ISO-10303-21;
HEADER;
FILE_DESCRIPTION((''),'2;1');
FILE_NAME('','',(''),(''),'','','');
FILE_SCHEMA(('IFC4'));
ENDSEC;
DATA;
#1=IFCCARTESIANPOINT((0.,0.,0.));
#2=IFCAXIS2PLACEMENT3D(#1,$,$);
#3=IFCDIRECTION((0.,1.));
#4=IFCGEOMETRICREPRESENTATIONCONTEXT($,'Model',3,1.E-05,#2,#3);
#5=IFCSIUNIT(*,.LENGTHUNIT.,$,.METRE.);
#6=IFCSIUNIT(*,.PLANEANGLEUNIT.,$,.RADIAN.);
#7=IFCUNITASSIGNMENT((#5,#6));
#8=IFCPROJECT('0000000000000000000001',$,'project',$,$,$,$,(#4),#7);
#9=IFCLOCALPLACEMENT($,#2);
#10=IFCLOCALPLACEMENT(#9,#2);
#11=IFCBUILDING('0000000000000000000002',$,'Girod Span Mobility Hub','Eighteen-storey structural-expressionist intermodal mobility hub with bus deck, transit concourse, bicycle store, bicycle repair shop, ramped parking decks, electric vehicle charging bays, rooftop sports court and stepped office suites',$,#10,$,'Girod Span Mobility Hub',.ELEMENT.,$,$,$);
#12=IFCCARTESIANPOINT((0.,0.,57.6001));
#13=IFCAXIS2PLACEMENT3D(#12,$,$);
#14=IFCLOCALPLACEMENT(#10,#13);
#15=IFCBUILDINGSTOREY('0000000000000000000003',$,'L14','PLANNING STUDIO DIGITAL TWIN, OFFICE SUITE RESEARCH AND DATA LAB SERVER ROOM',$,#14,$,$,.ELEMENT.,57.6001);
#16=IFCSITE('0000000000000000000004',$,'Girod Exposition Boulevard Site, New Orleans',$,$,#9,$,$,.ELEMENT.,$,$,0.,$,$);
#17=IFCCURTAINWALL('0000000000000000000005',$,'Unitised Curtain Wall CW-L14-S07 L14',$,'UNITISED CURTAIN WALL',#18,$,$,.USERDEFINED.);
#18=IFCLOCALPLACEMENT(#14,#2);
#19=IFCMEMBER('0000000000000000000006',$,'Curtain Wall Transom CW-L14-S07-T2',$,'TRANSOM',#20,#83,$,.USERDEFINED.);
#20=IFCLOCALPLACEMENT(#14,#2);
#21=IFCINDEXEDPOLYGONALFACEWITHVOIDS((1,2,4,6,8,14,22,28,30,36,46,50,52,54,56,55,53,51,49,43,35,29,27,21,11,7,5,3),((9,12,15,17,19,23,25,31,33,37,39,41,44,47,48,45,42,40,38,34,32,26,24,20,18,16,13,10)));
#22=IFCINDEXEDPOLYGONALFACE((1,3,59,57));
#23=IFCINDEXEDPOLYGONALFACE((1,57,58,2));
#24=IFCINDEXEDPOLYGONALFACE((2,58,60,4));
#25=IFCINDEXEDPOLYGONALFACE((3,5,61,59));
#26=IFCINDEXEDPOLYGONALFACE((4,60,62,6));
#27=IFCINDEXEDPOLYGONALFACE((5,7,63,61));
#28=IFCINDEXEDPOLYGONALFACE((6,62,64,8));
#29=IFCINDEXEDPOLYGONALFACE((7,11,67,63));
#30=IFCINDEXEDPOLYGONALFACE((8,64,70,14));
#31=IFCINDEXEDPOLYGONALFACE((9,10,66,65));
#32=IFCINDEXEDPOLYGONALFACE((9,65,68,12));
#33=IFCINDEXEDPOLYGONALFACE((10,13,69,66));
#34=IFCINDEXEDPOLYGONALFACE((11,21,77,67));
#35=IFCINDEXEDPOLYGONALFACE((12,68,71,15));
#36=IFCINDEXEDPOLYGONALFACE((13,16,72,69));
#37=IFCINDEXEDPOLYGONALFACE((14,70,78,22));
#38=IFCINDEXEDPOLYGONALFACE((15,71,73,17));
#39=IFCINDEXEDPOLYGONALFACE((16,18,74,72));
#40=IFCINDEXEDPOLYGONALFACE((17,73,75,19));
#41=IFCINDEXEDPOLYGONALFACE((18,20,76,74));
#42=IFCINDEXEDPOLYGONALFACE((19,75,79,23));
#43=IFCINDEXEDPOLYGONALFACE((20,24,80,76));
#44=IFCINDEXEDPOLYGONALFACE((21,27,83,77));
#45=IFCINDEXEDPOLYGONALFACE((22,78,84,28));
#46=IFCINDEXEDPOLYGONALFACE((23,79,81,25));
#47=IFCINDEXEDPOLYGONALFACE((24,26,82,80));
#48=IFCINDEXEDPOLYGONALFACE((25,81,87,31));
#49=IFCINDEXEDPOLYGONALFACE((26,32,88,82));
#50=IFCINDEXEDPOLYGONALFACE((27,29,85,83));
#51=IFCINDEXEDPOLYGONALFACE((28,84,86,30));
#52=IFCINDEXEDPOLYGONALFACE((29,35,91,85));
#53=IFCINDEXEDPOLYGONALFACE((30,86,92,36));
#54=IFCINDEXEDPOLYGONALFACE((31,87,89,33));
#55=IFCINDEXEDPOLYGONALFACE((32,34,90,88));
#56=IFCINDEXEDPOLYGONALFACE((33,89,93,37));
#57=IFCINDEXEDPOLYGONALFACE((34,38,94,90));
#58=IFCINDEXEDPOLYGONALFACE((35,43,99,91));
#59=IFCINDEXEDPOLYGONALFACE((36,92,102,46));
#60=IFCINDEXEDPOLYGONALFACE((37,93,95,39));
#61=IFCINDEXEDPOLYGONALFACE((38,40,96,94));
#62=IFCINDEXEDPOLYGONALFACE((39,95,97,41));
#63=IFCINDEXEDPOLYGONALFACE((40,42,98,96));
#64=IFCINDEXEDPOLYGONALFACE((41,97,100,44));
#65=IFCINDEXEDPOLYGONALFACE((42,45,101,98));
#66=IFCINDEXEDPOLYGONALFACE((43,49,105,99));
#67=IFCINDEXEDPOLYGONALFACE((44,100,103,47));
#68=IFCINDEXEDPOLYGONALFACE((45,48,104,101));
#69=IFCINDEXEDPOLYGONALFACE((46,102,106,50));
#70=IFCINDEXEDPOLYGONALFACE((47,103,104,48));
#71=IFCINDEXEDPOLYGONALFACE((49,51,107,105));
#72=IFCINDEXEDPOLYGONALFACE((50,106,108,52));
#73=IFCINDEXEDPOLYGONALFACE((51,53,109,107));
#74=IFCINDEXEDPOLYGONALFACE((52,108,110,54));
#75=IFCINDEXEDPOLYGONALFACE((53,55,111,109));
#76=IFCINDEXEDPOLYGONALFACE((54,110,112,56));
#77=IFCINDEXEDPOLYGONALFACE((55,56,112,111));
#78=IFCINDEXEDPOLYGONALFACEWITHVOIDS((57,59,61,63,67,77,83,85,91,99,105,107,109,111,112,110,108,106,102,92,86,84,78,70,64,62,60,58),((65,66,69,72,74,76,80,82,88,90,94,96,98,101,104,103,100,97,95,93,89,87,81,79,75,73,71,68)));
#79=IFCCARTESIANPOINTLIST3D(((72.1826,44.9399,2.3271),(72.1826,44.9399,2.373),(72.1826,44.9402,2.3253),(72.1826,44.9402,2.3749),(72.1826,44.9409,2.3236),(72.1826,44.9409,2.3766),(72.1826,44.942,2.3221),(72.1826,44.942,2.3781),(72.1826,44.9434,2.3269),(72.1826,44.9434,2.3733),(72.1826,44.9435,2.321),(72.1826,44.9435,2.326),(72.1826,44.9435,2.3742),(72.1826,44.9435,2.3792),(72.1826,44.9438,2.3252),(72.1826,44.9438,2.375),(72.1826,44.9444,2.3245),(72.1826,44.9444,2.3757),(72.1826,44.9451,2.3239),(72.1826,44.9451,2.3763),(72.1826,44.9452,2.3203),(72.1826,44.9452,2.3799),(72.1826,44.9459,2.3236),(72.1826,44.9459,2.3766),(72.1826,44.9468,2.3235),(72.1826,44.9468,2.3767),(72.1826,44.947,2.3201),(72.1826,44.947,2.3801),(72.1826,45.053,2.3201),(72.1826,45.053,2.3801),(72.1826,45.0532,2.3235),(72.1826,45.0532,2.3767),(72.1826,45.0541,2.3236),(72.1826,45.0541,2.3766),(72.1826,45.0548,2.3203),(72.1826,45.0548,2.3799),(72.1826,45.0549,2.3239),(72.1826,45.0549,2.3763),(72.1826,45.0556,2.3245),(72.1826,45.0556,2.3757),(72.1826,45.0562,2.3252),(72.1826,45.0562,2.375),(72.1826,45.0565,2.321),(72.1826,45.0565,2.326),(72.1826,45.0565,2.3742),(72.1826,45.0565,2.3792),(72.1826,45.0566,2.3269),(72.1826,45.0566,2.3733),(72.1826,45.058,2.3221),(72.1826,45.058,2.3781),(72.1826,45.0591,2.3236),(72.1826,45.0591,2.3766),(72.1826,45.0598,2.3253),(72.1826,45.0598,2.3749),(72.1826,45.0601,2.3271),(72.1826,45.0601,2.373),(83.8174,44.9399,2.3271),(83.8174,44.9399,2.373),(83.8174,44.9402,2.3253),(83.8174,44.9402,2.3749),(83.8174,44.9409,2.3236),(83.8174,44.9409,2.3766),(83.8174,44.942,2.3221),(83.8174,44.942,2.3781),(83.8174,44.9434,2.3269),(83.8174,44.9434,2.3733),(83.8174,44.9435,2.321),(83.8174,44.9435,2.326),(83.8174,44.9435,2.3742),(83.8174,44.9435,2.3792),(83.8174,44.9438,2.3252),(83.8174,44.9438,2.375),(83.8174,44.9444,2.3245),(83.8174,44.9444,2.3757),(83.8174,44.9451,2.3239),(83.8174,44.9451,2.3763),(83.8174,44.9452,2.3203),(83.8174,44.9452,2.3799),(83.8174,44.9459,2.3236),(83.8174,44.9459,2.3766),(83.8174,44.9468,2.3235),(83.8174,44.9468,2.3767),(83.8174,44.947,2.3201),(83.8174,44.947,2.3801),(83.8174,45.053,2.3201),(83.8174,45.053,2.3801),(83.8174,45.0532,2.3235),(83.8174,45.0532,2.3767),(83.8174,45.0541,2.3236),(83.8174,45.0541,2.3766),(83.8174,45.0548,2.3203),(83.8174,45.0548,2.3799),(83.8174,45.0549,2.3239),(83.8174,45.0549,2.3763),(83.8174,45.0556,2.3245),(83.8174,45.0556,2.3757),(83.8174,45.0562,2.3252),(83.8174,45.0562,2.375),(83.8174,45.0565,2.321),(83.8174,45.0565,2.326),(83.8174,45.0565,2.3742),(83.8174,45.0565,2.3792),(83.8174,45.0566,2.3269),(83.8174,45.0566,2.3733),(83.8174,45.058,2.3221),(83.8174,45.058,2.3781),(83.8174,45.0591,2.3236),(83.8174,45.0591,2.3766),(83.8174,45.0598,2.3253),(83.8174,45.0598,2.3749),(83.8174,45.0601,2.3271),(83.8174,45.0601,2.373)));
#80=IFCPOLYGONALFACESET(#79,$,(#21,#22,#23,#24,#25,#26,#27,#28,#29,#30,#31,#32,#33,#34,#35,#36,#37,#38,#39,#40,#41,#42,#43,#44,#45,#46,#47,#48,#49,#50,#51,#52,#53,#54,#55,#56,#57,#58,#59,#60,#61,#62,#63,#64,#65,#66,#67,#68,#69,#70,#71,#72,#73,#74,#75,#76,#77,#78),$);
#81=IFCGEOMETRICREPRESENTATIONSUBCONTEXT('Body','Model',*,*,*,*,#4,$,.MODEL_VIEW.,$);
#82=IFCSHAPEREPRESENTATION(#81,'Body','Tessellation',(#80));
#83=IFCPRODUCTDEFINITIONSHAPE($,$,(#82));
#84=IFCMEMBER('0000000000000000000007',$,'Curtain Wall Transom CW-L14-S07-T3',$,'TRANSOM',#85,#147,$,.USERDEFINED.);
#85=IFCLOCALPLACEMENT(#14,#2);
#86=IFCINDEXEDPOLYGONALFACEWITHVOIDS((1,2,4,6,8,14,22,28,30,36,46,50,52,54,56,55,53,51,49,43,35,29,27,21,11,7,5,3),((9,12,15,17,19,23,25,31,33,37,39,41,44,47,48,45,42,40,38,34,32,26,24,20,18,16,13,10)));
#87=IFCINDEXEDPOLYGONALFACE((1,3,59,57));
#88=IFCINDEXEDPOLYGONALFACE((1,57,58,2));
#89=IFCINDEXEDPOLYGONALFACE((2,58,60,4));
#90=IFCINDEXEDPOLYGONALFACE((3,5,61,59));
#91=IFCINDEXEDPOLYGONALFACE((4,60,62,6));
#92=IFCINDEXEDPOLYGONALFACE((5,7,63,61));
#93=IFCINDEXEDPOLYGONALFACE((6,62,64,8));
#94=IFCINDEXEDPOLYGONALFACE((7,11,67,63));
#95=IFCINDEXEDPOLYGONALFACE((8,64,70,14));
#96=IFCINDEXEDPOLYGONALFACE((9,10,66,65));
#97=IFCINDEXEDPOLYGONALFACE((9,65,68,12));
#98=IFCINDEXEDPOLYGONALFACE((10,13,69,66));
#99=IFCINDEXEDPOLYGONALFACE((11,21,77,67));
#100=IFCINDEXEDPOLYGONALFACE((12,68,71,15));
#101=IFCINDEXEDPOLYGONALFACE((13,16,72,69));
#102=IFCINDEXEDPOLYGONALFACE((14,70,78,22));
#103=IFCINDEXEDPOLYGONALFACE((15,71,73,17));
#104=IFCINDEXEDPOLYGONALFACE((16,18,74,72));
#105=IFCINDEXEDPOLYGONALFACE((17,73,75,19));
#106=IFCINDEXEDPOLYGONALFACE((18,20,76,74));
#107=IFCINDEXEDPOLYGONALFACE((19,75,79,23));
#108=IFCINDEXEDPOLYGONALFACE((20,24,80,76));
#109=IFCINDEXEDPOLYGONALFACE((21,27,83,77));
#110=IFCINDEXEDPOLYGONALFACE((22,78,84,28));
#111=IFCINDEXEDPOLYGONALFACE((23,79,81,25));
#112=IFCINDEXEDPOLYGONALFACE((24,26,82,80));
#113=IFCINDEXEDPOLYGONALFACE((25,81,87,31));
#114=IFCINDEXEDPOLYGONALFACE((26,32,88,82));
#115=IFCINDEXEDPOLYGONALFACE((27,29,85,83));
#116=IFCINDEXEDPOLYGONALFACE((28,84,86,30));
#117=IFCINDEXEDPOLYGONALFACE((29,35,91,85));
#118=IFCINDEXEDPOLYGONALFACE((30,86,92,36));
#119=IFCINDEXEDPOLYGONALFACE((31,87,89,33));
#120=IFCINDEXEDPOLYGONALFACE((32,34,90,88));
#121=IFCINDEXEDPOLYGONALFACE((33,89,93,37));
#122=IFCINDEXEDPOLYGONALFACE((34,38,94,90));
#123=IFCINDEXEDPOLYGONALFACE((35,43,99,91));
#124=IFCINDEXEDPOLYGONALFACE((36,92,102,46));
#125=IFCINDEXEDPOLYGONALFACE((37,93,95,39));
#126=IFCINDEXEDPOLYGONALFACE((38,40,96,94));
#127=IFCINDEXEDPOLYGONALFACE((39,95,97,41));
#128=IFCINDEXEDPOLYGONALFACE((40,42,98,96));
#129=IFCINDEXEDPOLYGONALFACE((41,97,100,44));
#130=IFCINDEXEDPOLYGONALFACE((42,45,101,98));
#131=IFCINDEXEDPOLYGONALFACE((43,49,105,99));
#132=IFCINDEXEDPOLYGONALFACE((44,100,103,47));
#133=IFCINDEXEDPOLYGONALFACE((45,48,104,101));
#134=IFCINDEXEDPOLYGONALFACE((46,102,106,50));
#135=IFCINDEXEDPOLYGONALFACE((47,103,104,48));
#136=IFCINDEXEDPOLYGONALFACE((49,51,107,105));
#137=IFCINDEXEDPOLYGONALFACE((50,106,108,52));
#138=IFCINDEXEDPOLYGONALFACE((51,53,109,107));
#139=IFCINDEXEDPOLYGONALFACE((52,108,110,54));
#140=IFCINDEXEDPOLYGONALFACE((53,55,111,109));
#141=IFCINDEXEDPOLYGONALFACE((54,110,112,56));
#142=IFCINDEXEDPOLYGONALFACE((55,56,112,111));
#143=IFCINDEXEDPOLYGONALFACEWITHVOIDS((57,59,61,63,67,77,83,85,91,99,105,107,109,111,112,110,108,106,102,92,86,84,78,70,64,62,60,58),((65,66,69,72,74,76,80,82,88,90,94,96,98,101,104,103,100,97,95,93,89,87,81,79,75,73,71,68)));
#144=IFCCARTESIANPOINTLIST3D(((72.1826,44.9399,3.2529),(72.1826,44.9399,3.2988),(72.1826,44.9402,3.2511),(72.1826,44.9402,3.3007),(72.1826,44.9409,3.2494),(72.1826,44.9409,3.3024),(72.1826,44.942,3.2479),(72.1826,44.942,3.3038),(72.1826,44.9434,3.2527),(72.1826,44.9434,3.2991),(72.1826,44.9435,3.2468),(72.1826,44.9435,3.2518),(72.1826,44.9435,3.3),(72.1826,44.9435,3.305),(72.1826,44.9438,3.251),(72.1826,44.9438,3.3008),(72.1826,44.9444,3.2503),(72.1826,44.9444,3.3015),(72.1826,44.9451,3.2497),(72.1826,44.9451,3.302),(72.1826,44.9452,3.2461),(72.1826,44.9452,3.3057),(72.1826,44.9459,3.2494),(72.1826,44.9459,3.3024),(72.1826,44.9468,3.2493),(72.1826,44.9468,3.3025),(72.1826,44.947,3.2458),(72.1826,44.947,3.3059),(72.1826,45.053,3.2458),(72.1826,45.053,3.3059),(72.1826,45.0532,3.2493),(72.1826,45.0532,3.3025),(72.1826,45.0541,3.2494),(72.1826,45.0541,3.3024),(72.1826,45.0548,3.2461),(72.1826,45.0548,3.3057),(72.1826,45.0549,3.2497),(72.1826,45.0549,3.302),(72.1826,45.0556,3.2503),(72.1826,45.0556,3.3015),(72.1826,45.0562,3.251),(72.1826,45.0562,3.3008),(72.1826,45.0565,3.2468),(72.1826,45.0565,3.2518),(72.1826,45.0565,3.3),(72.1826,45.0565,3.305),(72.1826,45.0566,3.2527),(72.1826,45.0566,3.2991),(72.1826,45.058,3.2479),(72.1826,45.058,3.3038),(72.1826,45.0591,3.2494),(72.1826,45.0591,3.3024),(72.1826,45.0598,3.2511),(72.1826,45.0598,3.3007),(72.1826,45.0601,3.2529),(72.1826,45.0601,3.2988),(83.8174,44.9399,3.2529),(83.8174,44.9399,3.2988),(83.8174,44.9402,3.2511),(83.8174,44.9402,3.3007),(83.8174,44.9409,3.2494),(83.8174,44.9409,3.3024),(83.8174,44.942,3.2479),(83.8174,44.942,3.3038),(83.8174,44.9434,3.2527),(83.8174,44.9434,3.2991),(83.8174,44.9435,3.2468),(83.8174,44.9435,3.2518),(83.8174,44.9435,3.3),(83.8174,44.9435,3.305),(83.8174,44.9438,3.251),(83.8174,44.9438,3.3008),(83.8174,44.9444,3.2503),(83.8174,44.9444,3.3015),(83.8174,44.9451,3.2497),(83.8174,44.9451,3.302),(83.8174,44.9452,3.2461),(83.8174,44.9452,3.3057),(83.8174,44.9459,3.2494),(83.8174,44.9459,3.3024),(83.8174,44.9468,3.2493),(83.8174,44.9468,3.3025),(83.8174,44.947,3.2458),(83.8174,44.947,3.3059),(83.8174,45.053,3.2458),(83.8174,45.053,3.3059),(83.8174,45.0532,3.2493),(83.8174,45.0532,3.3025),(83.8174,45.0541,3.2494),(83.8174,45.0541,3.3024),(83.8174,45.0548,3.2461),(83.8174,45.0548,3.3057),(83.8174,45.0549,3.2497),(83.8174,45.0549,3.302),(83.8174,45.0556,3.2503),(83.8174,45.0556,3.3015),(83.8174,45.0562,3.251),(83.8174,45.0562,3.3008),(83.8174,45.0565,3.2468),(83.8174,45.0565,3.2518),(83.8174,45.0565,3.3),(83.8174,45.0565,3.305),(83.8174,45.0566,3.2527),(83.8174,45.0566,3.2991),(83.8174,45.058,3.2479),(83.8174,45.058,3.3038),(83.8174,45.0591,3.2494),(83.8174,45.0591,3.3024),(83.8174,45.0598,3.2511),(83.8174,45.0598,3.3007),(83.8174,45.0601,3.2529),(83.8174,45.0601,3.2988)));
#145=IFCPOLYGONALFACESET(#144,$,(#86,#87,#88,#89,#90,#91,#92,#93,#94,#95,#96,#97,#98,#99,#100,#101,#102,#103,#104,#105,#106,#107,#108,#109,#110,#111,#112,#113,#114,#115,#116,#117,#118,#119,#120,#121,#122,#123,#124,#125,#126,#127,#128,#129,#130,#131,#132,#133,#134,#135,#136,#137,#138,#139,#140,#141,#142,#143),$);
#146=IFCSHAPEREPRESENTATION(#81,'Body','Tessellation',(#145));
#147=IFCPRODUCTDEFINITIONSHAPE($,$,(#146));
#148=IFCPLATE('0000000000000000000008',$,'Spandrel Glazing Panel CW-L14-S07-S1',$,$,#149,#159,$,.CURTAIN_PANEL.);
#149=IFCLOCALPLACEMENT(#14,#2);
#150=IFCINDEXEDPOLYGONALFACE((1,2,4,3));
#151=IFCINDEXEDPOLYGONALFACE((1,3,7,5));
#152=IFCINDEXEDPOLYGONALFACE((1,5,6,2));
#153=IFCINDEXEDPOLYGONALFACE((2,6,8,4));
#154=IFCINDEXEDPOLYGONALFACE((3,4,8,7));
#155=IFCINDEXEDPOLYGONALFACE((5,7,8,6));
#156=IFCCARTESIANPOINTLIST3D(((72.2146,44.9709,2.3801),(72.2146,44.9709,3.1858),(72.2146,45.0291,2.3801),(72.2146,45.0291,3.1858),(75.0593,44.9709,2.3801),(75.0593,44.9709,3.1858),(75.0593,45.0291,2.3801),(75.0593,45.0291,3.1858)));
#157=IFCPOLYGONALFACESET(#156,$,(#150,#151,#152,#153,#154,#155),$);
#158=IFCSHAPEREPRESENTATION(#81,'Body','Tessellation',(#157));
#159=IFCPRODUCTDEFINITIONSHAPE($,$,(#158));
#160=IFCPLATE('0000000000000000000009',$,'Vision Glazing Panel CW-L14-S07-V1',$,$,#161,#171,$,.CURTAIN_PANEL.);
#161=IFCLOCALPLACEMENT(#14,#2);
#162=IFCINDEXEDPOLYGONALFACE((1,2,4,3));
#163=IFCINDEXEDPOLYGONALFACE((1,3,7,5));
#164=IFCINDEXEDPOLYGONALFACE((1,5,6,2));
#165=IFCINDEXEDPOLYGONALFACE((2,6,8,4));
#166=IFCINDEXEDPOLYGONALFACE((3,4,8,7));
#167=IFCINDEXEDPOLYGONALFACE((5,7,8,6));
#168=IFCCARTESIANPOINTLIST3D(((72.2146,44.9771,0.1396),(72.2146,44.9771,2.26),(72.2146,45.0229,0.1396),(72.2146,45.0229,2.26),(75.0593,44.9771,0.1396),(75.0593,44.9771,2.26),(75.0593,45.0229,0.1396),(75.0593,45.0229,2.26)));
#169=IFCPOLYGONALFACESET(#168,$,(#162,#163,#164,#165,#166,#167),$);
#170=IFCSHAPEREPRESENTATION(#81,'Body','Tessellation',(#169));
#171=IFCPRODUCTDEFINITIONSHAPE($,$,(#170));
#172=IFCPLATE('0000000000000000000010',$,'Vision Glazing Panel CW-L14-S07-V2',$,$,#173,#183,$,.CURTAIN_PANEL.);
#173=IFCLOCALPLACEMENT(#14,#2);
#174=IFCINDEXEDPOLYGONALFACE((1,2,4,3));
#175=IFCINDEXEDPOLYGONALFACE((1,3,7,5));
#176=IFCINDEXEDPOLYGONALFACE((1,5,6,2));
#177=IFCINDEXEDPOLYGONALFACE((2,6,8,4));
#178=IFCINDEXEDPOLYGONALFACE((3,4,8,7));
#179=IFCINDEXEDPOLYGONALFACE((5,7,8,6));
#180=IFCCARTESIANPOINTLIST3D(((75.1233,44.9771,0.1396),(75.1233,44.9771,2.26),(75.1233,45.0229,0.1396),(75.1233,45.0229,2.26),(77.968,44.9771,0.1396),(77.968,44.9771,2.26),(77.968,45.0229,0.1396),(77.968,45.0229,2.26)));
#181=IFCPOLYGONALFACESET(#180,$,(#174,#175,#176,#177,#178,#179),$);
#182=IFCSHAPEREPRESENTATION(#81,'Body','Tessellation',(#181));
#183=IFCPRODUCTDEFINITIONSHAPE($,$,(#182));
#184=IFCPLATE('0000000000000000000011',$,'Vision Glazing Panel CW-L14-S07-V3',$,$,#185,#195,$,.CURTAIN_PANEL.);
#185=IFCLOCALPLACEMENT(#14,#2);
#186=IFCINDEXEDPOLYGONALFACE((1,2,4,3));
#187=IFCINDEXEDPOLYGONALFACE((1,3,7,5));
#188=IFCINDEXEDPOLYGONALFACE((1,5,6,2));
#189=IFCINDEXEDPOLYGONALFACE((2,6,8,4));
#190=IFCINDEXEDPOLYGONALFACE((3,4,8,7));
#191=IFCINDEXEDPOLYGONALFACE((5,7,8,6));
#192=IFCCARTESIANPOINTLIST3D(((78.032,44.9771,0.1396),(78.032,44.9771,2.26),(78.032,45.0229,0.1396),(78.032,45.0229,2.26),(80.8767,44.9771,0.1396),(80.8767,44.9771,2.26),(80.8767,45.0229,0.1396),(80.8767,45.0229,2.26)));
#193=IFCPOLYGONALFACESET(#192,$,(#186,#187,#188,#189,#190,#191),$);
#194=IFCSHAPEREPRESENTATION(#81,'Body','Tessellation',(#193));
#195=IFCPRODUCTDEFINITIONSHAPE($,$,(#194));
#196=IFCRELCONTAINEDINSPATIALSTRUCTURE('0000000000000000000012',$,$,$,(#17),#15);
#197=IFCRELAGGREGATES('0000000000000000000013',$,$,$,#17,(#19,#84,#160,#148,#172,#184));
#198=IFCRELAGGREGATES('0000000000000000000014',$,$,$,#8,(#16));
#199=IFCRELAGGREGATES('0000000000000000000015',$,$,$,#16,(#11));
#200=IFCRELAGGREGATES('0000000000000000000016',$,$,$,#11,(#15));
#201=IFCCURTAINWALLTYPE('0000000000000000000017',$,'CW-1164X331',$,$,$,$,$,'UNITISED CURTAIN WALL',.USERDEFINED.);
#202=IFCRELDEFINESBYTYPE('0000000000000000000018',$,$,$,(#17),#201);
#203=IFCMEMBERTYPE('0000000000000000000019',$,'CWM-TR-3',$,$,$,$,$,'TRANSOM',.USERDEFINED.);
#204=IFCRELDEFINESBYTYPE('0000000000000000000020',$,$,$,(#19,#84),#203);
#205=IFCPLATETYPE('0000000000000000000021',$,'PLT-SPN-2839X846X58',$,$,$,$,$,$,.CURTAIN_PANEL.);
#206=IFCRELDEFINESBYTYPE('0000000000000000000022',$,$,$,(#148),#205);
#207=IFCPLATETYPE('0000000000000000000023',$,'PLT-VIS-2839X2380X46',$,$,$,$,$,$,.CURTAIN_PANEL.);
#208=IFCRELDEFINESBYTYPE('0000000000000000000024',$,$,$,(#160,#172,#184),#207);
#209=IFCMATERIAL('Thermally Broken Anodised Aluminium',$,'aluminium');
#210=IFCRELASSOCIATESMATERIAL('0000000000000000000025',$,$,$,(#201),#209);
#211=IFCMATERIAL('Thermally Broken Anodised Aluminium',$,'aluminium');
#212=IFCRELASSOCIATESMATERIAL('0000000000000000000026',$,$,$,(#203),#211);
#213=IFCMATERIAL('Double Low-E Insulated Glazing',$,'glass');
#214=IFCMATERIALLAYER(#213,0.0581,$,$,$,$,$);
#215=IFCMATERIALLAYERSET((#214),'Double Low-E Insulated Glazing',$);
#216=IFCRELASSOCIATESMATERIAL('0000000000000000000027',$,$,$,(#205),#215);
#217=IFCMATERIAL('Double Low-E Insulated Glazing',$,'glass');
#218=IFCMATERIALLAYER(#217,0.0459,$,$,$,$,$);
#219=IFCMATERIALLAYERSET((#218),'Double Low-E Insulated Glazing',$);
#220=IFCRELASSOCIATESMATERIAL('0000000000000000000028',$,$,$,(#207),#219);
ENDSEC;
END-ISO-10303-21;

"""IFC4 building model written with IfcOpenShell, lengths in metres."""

from ifc_helpers import new_model, si_unit, direction, frame, origin, origin_2d, place, context, subcontext, project, spatial, rectangle, hollow_rectangle, extrude, material, layer, layer_set, material_profile, profile_set, type_object, element, aggregate, save


model = new_model("IFC4")

# Units and contexts
model_context = context("Model", 3, precision=1e-05, world=origin(), true_north=direction((0.0, 1.0)))
body_context = subcontext(model_context, "Body", "Model", "MODEL_VIEW")
ifc_project = project(units=[si_unit("LENGTHUNIT", "METRE"), si_unit("PLANEANGLEUNIT", "RADIAN")], contexts=[model_context])

# Site, building, storey
site_placement = place(None, origin())
site = spatial("IfcSite", under=ifc_project, at=site_placement, Name="Girod Exposition Boulevard Site, New Orleans", CompositionType="ELEMENT", RefElevation=0.0)
building_placement = place(site_placement, origin())
building = spatial("IfcBuilding", under=site, at=building_placement, Name="Girod Span Mobility Hub", Description="Eighteen-storey structural-expressionist intermodal mobility hub with bus deck, transit concourse, bicycle store, bicycle repair shop, ramped parking decks, electric vehicle charging bays, rooftop sports court and stepped office suites", LongName="Girod Span Mobility Hub", CompositionType="ELEMENT")
storey_placement = place(building_placement, frame((0.0, 0.0, 57.6001)))
storey = spatial("IfcBuildingStorey", under=building, at=storey_placement, Name="L14", Description="PLANNING STUDIO DIGITAL TWIN, OFFICE SUITE RESEARCH AND DATA LAB SERVER ROOM", CompositionType="ELEMENT", Elevation=57.6001)

# Curtain wall, members, plates
ifc_material_1 = material(Name="Thermally Broken Anodised Aluminium", Category="aluminium")
curtain_wall_type = type_object("IfcCurtainWallType", Name="CW-1164X331", ElementType="UNITISED CURTAIN WALL", PredefinedType="USERDEFINED", material=ifc_material_1)
curtain_wall_placement = place(storey_placement, origin())
curtain_wall = element("IfcCurtainWall", 1, at=curtain_wall_placement, inside=storey, type_object=curtain_wall_type, Name="Unitised Curtain Wall CW-L14-S07 L14", ObjectType="UNITISED CURTAIN WALL", PredefinedType="USERDEFINED")
ifc_material_2 = material(Name="Thermally Broken Anodised Aluminium", Category="aluminium")
ifc_material_profile_1 = material_profile(ifc_material_2, hollow_rectangle(XDim=0.1201, YDim=0.0601, WallThickness=0.0034, InnerFilletRadius=0.0034, OuterFilletRadius=0.0071, at=origin_2d()), Name="CW-TR-60X120")
ifc_profile_set_1 = profile_set([ifc_material_profile_1], Name="Thermally Broken Anodised Aluminium")
member_type_1 = type_object("IfcMemberType", Name="CWM-TR-3", ElementType="TRANSOM", PredefinedType="USERDEFINED", material=ifc_profile_set_1)
member_1_placement = place(storey_placement, frame((72.1826, 45.0, 2.3501), z_axis=(1.0, 0.0, 0.0), x_axis=(0.0, 1.0, 0.0)))
member_1 = element("IfcMember", 2, at=member_1_placement, type_object=member_type_1, Name="Curtain Wall Transom CW-L14-S07-T2", ObjectType="TRANSOM", PredefinedType="USERDEFINED", context=body_context, shape_type="SweptSolid", body=[
    extrude(hollow_rectangle(XDim=0.1201, YDim=0.0601, WallThickness=0.0034, InnerFilletRadius=0.0034, OuterFilletRadius=0.0071, at=origin_2d()), origin(), (0.0, 0.0, 1.0), 11.6348),
])
member_2_placement = place(storey_placement, frame((72.1826, 45.0, 3.2759), z_axis=(1.0, 0.0, 0.0), x_axis=(0.0, 1.0, 0.0)))
member_2 = element("IfcMember", 3, at=member_2_placement, type_object=member_type_1, Name="Curtain Wall Transom CW-L14-S07-T3", ObjectType="TRANSOM", PredefinedType="USERDEFINED", context=body_context, shape_type="SweptSolid", body=[
    extrude(hollow_rectangle(XDim=0.1201, YDim=0.0601, WallThickness=0.0034, InnerFilletRadius=0.0034, OuterFilletRadius=0.0071, at=origin_2d()), origin(), (0.0, 0.0, 1.0), 11.6348),
])
ifc_material_3 = material(Name="Double Low-E Insulated Glazing", Category="glass")
ifc_layer_1 = layer(ifc_material_3, 0.0581)
ifc_layer_set_1 = layer_set([ifc_layer_1], Name="Double Low-E Insulated Glazing")
plate_type_1 = type_object("IfcPlateType", Name="PLT-SPN-2839X846X58", PredefinedType="CURTAIN_PANEL", material=ifc_layer_set_1)
plate_1_placement = place(storey_placement, frame((73.637, 45.0, 2.3801), z_axis=(0.0, 0.0, 1.0), x_axis=(1.0, 0.0, 0.0)))
plate_1 = element("IfcPlate", 4, at=plate_1_placement, type_object=plate_type_1, Name="Spandrel Glazing Panel CW-L14-S07-S1", PredefinedType="CURTAIN_PANEL", context=body_context, shape_type="SweptSolid", body=[
    extrude(rectangle(XDim=2.8447, YDim=0.0581, at=origin_2d()), origin(), (0.0, 0.0, 1.0), 0.8057),
])
ifc_material_4 = material(Name="Double Low-E Insulated Glazing", Category="glass")
ifc_layer_2 = layer(ifc_material_4, 0.0459)
ifc_layer_set_2 = layer_set([ifc_layer_2], Name="Double Low-E Insulated Glazing")
plate_type_2 = type_object("IfcPlateType", Name="PLT-VIS-2839X2380X46", PredefinedType="CURTAIN_PANEL", material=ifc_layer_set_2)
plate_2_placement = place(storey_placement, frame((73.637, 45.0, 0.1396), z_axis=(0.0, 0.0, 1.0), x_axis=(1.0, 0.0, 0.0)))
plate_2 = element("IfcPlate", 5, at=plate_2_placement, type_object=plate_type_2, Name="Vision Glazing Panel CW-L14-S07-V1", PredefinedType="CURTAIN_PANEL", context=body_context, shape_type="SweptSolid", body=[
    extrude(rectangle(XDim=2.8447, YDim=0.0459, at=origin_2d()), origin(), (0.0, 0.0, 1.0), 2.1204),
])
plate_3_placement = place(storey_placement, frame((76.5457, 45.0, 0.1396), z_axis=(0.0, 0.0, 1.0), x_axis=(1.0, 0.0, 0.0)))
plate_3 = element("IfcPlate", 6, at=plate_3_placement, type_object=plate_type_2, Name="Vision Glazing Panel CW-L14-S07-V2", PredefinedType="CURTAIN_PANEL", context=body_context, shape_type="SweptSolid", body=[
    extrude(rectangle(XDim=2.8447, YDim=0.0459, at=origin_2d()), origin(), (0.0, 0.0, 1.0), 2.1204),
])
plate_4_placement = place(storey_placement, frame((79.4543, 45.0, 0.1396), z_axis=(0.0, 0.0, 1.0), x_axis=(1.0, 0.0, 0.0)))
plate_4 = element("IfcPlate", 7, at=plate_4_placement, type_object=plate_type_2, Name="Vision Glazing Panel CW-L14-S07-V3", PredefinedType="CURTAIN_PANEL", context=body_context, shape_type="SweptSolid", body=[
    extrude(rectangle(XDim=2.8447, YDim=0.0459, at=origin_2d()), origin(), (0.0, 0.0, 1.0), 2.1204),
])
aggregate(curtain_wall, [member_1, member_2, plate_2, plate_1, plate_3, plate_4])

save(model, "model.ifc")
